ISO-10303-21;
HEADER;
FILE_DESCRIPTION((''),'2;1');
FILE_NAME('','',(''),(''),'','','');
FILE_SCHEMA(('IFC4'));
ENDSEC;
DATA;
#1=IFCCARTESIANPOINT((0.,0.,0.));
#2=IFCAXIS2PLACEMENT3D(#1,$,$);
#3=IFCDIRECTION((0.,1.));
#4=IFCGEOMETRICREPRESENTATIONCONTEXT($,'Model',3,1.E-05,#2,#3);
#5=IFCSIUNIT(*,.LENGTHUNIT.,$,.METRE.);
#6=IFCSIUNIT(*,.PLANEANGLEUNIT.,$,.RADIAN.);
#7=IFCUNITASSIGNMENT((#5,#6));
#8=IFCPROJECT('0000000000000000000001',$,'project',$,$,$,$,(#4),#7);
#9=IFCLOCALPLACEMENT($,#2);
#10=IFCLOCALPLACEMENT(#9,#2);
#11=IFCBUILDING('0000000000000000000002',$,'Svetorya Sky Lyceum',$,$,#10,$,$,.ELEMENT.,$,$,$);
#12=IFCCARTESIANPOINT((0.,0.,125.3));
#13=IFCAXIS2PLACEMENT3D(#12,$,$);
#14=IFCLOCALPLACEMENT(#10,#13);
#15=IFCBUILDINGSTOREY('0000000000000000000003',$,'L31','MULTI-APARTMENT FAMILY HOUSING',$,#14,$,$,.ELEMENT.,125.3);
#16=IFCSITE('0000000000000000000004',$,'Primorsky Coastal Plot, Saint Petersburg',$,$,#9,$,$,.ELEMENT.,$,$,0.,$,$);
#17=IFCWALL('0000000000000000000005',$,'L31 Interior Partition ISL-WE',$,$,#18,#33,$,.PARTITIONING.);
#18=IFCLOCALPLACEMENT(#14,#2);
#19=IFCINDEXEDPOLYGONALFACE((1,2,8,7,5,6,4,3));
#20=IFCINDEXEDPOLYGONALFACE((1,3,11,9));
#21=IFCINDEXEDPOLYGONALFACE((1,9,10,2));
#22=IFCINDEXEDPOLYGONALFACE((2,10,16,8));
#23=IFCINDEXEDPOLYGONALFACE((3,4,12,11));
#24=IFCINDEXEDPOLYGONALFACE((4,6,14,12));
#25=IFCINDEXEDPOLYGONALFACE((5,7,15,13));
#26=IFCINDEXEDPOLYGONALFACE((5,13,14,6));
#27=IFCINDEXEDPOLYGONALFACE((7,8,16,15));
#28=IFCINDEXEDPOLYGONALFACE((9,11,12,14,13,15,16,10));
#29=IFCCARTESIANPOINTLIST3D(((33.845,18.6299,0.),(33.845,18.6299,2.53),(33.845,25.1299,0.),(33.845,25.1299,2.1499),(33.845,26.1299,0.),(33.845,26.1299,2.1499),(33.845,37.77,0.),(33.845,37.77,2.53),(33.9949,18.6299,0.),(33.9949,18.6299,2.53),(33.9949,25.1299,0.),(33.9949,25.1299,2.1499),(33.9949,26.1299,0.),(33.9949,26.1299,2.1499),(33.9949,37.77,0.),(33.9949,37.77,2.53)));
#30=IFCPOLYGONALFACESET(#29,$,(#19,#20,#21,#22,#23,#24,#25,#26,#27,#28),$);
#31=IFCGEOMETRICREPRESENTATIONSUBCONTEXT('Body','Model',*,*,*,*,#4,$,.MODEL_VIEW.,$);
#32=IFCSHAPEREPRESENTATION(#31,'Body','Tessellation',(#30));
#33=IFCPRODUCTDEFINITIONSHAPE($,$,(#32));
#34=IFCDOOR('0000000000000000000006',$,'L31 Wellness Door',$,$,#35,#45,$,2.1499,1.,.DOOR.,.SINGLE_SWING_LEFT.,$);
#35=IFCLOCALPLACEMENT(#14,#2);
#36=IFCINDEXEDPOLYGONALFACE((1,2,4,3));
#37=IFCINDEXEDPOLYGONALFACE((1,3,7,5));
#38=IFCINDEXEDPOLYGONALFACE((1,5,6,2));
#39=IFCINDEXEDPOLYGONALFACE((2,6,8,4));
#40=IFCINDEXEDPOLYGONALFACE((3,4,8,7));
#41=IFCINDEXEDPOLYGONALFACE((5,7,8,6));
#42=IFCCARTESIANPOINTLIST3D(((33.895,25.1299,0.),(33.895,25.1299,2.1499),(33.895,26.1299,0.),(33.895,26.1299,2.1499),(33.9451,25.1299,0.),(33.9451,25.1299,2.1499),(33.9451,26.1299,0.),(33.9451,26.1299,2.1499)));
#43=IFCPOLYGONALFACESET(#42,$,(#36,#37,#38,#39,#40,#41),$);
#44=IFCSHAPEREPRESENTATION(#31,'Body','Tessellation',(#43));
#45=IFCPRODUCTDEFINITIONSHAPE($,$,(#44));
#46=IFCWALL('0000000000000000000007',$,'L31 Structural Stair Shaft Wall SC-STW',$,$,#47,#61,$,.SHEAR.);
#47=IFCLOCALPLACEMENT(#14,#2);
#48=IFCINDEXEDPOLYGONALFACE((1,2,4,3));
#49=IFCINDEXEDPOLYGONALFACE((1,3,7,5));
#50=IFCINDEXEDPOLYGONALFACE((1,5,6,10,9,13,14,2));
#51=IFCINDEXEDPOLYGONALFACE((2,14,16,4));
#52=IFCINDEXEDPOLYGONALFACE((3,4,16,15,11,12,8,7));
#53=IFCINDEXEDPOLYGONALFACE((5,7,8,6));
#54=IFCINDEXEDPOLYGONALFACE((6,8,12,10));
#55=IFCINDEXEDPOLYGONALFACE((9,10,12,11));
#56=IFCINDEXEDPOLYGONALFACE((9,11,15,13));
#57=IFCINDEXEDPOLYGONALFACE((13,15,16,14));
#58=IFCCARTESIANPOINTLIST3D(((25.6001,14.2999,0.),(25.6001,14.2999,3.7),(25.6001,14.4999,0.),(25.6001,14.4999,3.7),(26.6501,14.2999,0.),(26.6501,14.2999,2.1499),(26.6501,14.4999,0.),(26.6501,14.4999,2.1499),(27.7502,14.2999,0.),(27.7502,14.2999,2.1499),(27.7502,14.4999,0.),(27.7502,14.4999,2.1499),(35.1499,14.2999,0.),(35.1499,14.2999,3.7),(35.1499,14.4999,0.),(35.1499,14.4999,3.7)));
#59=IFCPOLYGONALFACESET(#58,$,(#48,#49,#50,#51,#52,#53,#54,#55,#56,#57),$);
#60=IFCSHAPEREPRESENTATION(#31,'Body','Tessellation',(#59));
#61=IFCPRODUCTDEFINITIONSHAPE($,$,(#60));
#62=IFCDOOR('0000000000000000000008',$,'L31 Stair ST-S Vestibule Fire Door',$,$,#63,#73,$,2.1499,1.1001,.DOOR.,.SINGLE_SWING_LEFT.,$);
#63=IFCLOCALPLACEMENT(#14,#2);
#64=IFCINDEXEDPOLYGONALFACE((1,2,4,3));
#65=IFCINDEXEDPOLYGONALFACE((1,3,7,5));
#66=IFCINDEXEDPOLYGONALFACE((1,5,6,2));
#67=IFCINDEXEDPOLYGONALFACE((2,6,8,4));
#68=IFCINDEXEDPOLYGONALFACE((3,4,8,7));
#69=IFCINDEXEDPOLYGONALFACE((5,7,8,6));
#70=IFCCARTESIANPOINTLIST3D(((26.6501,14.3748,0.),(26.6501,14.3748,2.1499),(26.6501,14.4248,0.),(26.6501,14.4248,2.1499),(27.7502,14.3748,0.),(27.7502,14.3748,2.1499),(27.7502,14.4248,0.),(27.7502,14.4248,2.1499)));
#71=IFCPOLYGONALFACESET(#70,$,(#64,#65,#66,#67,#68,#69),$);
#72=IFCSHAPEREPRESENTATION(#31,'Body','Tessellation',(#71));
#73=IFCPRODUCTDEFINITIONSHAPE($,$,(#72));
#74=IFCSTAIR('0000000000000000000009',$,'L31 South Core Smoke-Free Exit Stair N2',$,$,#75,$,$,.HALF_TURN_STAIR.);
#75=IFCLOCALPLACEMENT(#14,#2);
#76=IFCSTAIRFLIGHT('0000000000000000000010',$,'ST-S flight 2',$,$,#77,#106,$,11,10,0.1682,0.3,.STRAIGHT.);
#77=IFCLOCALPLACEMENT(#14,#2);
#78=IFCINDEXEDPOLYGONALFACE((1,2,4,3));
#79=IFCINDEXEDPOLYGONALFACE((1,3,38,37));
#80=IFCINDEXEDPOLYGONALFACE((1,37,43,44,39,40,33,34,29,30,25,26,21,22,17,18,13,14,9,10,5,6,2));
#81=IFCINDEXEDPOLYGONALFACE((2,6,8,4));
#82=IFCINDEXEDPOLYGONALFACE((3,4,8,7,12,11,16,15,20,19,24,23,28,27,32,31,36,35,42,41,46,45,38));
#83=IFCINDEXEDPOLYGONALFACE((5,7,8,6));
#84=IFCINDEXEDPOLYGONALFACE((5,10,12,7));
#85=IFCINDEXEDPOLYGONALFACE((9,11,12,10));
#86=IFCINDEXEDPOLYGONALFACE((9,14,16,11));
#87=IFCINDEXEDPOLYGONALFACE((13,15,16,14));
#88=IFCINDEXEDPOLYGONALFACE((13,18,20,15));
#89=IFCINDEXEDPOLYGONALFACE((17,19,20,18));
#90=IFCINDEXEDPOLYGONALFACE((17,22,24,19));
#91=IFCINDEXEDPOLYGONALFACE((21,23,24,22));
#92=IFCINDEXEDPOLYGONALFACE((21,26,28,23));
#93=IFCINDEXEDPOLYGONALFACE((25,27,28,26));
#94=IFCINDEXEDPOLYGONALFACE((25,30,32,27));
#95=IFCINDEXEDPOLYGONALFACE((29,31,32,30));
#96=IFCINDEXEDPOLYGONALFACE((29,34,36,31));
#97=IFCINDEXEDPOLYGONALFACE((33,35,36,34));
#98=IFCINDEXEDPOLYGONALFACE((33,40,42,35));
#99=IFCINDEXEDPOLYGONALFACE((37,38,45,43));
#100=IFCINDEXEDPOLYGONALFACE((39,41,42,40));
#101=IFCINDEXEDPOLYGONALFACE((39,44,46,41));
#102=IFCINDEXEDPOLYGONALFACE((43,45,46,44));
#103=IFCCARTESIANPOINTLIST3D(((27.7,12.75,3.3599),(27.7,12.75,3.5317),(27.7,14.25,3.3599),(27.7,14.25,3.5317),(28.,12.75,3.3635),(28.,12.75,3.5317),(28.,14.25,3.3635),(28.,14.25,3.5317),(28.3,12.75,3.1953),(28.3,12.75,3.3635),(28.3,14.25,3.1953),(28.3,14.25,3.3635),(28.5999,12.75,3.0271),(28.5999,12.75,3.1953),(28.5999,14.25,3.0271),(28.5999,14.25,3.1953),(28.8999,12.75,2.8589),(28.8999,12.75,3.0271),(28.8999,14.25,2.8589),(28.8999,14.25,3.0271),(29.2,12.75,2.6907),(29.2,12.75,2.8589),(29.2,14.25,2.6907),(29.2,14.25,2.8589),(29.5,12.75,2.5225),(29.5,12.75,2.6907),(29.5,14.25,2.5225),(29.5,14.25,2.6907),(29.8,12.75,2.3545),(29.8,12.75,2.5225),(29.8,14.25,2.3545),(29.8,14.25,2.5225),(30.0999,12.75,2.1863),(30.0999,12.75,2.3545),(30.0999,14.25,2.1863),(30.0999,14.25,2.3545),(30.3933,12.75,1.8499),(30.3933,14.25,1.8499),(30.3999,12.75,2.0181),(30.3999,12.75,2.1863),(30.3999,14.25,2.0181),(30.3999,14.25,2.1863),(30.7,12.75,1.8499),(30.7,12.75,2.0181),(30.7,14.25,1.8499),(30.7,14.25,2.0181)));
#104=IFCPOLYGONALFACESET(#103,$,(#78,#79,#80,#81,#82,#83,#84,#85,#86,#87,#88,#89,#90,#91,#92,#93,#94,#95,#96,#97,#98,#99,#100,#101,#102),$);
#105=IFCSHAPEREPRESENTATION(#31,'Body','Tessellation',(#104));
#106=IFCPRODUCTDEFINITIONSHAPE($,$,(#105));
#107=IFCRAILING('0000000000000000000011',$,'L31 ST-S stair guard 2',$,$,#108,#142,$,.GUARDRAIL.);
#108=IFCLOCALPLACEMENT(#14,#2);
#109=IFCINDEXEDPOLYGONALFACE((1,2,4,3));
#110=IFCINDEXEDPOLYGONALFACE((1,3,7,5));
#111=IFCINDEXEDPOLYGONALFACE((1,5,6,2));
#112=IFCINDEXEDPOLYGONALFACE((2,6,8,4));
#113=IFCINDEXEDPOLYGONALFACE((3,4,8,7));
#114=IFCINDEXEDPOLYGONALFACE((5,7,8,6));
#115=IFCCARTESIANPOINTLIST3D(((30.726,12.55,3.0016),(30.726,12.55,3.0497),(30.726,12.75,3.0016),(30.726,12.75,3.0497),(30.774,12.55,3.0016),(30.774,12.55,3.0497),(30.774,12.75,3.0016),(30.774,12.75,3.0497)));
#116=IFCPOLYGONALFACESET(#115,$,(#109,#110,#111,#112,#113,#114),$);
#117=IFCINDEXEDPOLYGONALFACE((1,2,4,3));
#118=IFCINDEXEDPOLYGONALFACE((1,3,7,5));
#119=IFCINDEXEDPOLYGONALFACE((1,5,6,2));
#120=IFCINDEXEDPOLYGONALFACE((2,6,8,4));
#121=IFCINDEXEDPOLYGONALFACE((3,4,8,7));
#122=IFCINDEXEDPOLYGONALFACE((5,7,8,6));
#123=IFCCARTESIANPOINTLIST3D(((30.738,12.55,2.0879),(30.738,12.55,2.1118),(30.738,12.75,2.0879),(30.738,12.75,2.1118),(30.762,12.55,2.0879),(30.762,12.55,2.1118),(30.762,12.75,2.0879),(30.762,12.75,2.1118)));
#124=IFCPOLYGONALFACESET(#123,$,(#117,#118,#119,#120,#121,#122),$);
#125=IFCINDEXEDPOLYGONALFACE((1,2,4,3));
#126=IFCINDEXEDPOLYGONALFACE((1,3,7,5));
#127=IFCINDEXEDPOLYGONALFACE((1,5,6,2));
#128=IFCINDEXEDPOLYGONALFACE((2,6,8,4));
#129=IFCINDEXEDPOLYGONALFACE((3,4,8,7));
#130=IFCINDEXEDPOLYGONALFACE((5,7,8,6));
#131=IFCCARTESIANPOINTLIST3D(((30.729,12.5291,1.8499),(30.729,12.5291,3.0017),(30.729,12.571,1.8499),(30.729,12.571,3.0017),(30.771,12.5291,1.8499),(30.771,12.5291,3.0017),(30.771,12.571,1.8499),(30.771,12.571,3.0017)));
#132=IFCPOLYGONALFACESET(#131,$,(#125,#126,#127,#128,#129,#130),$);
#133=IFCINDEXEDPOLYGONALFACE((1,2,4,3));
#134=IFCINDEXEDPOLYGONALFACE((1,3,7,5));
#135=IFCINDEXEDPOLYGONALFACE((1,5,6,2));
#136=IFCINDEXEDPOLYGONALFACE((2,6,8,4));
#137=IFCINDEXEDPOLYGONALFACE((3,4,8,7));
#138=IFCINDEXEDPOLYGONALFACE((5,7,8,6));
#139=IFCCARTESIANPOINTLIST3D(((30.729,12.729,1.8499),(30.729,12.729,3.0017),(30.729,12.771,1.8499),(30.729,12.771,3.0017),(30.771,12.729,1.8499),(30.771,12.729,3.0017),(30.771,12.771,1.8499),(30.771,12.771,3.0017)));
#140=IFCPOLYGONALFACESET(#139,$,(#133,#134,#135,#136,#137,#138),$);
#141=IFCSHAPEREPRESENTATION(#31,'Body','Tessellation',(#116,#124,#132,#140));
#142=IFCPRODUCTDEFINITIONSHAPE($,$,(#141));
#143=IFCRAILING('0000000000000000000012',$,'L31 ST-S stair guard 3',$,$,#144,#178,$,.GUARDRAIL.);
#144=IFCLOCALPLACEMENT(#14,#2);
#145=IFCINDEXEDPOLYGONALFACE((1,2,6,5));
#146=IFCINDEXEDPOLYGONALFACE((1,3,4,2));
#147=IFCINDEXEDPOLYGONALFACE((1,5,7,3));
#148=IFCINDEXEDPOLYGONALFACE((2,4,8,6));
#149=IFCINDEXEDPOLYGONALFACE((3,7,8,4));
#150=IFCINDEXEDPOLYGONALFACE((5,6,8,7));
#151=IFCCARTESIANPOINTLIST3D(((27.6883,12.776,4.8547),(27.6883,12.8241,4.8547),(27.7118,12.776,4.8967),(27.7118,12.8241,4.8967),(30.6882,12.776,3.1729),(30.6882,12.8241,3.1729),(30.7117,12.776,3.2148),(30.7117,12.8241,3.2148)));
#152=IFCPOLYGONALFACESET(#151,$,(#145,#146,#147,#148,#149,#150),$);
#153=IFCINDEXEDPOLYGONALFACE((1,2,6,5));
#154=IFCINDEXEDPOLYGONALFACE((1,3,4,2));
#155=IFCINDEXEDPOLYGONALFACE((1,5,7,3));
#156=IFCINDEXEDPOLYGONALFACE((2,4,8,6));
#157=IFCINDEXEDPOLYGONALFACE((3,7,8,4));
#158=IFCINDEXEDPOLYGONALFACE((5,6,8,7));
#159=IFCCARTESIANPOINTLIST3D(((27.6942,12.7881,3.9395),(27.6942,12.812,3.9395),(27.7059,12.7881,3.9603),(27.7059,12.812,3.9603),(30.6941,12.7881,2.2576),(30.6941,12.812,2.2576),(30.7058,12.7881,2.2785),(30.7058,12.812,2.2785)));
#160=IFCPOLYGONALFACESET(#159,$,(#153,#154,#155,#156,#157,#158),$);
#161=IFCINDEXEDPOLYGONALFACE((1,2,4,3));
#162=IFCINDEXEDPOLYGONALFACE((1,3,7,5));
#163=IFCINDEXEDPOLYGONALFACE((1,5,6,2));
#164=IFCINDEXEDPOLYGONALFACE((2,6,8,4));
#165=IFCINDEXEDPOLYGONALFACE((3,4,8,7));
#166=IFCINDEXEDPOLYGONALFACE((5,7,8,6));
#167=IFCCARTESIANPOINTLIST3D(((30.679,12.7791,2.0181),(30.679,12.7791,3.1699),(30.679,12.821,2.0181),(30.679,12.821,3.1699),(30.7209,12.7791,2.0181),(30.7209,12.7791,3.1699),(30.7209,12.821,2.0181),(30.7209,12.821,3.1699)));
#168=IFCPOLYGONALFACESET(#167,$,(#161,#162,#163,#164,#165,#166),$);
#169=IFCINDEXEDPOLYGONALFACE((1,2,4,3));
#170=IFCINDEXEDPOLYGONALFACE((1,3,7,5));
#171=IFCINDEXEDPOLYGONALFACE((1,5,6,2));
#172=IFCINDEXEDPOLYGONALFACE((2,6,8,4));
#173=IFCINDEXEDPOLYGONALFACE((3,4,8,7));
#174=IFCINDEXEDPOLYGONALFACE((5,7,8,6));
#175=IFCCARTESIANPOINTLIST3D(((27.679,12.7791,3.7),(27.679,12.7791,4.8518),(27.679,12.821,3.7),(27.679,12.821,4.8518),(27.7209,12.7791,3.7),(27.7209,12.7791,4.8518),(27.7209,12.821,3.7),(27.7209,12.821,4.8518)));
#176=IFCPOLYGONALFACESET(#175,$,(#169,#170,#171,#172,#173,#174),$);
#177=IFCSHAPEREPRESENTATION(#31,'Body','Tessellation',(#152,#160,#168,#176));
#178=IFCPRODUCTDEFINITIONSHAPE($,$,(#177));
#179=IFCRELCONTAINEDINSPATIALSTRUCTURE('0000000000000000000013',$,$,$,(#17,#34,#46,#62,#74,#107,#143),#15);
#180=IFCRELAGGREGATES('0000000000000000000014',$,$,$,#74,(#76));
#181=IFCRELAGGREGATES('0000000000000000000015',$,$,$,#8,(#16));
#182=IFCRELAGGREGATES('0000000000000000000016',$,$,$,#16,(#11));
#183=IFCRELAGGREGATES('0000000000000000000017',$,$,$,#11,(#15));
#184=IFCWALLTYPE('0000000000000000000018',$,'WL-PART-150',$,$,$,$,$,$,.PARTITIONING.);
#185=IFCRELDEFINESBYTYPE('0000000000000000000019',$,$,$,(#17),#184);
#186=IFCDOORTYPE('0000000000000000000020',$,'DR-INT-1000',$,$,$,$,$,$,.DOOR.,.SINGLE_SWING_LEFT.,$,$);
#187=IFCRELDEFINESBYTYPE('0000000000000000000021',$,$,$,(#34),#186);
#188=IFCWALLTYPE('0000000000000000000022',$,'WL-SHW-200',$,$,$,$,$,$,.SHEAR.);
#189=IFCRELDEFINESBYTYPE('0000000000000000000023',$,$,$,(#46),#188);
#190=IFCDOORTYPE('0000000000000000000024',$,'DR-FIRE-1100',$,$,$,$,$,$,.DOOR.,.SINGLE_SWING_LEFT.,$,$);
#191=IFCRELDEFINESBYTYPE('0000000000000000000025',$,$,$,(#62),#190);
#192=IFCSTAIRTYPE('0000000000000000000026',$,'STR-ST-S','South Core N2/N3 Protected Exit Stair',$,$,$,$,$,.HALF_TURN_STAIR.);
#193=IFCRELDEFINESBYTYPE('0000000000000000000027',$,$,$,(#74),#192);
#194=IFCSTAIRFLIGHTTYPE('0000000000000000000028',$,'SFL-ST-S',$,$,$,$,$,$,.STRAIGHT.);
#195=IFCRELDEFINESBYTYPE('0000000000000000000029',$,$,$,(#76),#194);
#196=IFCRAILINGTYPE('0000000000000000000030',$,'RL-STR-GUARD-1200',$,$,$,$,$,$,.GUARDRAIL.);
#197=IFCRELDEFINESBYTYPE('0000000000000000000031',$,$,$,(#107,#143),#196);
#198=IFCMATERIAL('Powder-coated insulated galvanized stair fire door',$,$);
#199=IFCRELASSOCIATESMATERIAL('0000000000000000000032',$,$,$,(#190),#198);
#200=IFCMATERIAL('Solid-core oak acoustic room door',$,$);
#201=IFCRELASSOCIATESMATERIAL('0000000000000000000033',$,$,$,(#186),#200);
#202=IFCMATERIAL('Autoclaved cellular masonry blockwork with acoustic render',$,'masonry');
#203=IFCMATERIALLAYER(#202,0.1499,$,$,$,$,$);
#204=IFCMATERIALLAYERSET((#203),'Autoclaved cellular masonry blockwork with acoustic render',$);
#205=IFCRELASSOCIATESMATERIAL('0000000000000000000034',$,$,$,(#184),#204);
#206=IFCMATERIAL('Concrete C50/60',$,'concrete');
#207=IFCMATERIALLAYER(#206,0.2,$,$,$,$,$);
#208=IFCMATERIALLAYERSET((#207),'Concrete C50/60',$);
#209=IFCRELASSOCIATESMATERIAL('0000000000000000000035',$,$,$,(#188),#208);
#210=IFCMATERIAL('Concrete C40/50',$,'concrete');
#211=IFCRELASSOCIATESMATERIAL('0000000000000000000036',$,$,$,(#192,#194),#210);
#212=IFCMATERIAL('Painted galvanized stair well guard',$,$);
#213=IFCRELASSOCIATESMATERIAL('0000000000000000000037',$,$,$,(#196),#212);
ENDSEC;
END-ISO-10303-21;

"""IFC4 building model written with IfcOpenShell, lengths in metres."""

from ifc_helpers import new_model, si_unit, direction, frame, frame_2d, origin, origin_2d, place, context, subcontext, project, spatial, polyline, rectangle, outline, extrude, material, layer, layer_set, type_object, element, fill, aggregate, save


model = new_model("IFC4")

# Units and contexts
model_context = context("Model", 3, precision=1e-05, world=origin(), true_north=direction((0.0, 1.0)))
body_context = subcontext(model_context, "Body", "Model", "MODEL_VIEW")
ifc_project = project(units=[si_unit("LENGTHUNIT", "METRE"), si_unit("PLANEANGLEUNIT", "RADIAN")], contexts=[model_context])

# Site, building, storey
site_placement = place(None, origin())
site = spatial("IfcSite", under=ifc_project, at=site_placement, Name="Primorsky Coastal Plot, Saint Petersburg", CompositionType="ELEMENT", RefElevation=0.0)
building_placement = place(site_placement, origin())
building = spatial("IfcBuilding", under=site, at=building_placement, Name="Svetorya Sky Lyceum", CompositionType="ELEMENT")
storey_placement = place(building_placement, frame((0.0, 0.0, 125.3)))
storey = spatial("IfcBuildingStorey", under=building, at=storey_placement, Name="L31", Description="MULTI-APARTMENT FAMILY HOUSING", CompositionType="ELEMENT", Elevation=125.3)

# Shared definitions
ifc_material_1 = material(Name="Concrete C50/60", Category="concrete")

# Shared definitions
ifc_material_2 = material(Name="Powder-coated insulated galvanized stair fire door")
door_type_1 = type_object("IfcDoorType", Name="DR-FIRE-1100", OperationType="SINGLE_SWING_LEFT", PredefinedType="DOOR", material=ifc_material_2)
ifc_material_3 = material(Name="Solid-core oak acoustic room door")
door_type_2 = type_object("IfcDoorType", Name="DR-INT-1000", OperationType="SINGLE_SWING_LEFT", PredefinedType="DOOR", material=ifc_material_3)

# Shared definitions
ifc_material_4 = material(Name="Autoclaved cellular masonry blockwork with acoustic render", Category="masonry")
ifc_layer_1 = layer(ifc_material_4, 0.1499)
ifc_layer_set_1 = layer_set([ifc_layer_1], Name="Autoclaved cellular masonry blockwork with acoustic render")
wall_type_1 = type_object("IfcWallType", Name="WL-PART-150", PredefinedType="PARTITIONING", material=ifc_layer_set_1)

# Walls, openings, doors
wall_1_placement = place(storey_placement, frame((33.9199, 18.6299, 0.0), z_axis=(0.0, 0.0, 1.0), x_axis=(0.0, 1.0, 0.0)))
wall_1 = element("IfcWall", 1, at=wall_1_placement, inside=storey, type_object=wall_type_1, Name="L31 Interior Partition ISL-WE", PredefinedType="PARTITIONING", context=body_context, shape_type="SweptSolid", body=[
    extrude(rectangle(XDim=19.1401, YDim=0.1499, at=frame_2d((9.5701, 0.0))), origin(), (0.0, 0.0, 1.0), 2.53),
])
opening_1_placement = place(wall_1_placement, frame((6.5, 0.0, 0.0)))
opening_1 = element("IfcOpeningElement", 2, at=opening_1_placement, cuts=wall_1, PredefinedType="OPENING", context=body_context, shape_type="SweptSolid", body=[
    extrude(rectangle(XDim=1.0, YDim=2.1499, at=frame_2d((0.5, 1.075))), frame((0.0, 0.085, 0.0), z_axis=(0.0, -1.0, 0.0), x_axis=(1.0, 0.0, 0.0)), (0.0, 0.0, 1.0), 0.1699),
])
door_1_placement = place(opening_1_placement, origin())
door_1 = element("IfcDoor", 3, at=door_1_placement, inside=storey, type_object=door_type_2, Name="L31 Wellness Door", OperationType="SINGLE_SWING_LEFT", OverallHeight=2.1499, OverallWidth=1.0, PredefinedType="DOOR", context=body_context, shape_type="SweptSolid", body=[
    extrude(rectangle(XDim=1.0, YDim=2.1499, at=frame_2d((0.5, 1.075))), frame((0.0, 0.0249, 0.0), z_axis=(0.0, -1.0, 0.0), x_axis=(1.0, 0.0, 0.0)), (0.0, 0.0, 1.0), 0.05),
])
fill(opening_1, door_1)
ifc_layer_2 = layer(ifc_material_1, 0.2)
ifc_layer_set_2 = layer_set([ifc_layer_2], Name="Concrete C50/60")
wall_type_2 = type_object("IfcWallType", Name="WL-SHW-200", PredefinedType="SHEAR", material=ifc_layer_set_2)
wall_2_placement = place(storey_placement, frame((25.6001, 14.3999, 0.0), z_axis=(0.0, 0.0, 1.0), x_axis=(1.0, 0.0, 0.0)))
wall_2 = element("IfcWall", 4, at=wall_2_placement, inside=storey, type_object=wall_type_2, Name="L31 Structural Stair Shaft Wall SC-STW", PredefinedType="SHEAR", context=body_context, shape_type="SweptSolid", body=[
    extrude(rectangle(XDim=9.5498, YDim=0.2, at=frame_2d((4.7749, 0.0))), origin(), (0.0, 0.0, 1.0), 3.7),
])
opening_2_placement = place(wall_2_placement, frame((1.05, 0.0, 0.0)))
opening_2 = element("IfcOpeningElement", 5, at=opening_2_placement, cuts=wall_2, PredefinedType="OPENING", context=body_context, shape_type="SweptSolid", body=[
    extrude(rectangle(XDim=1.1001, YDim=2.1499, at=frame_2d((0.55, 1.075))), frame((0.0, 0.1099, 0.0), z_axis=(0.0, -1.0, 0.0), x_axis=(1.0, 0.0, 0.0)), (0.0, 0.0, 1.0), 0.22),
])
door_2_placement = place(opening_2_placement, origin())
door_2 = element("IfcDoor", 6, at=door_2_placement, inside=storey, type_object=door_type_1, Name="L31 Stair ST-S Vestibule Fire Door", OperationType="SINGLE_SWING_LEFT", OverallHeight=2.1499, OverallWidth=1.1001, PredefinedType="DOOR", context=body_context, shape_type="SweptSolid", body=[
    extrude(rectangle(XDim=1.1001, YDim=2.1499, at=frame_2d((0.55, 1.075))), frame((0.0, 0.0249, 0.0), z_axis=(0.0, -1.0, 0.0), x_axis=(1.0, 0.0, 0.0)), (0.0, 0.0, 1.0), 0.05),
])
fill(opening_2, door_2)

# Stair, stair flight
ifc_material_5 = material(Name="Concrete C40/50", Category="concrete")
stair_type = type_object("IfcStairType", Name="STR-ST-S", Description="South Core N2/N3 Protected Exit Stair", PredefinedType="HALF_TURN_STAIR", material=ifc_material_5)
stair_placement = place(storey_placement, origin())
stair = element("IfcStair", 7, at=stair_placement, inside=storey, type_object=stair_type, Name="L31 South Core Smoke-Free Exit Stair N2", PredefinedType="HALF_TURN_STAIR")
stair_flight_type = type_object("IfcStairFlightType", Name="SFL-ST-S", PredefinedType="STRAIGHT", material=ifc_material_5)
stair_flight_placement = place(storey_placement, frame((30.7, 13.5, 1.8499), z_axis=(0.0, 0.0, 1.0), x_axis=(-1.0, 0.0, 0.0)))
stair_flight = element("IfcStairFlight", 8, at=stair_flight_placement, type_object=stair_flight_type, Name="ST-S flight 2", NumberOfRisers=11, NumberOfTreads=10, PredefinedType="STRAIGHT", RiserHeight=0.1682, TreadLength=0.3, context=body_context, shape_type="SweptSolid", body=[
    extrude(outline(polyline([(0.0, 0.0), (0.0, 0.1682), (0.3, 0.1682), (0.3, 0.3364), (0.6001, 0.3364), (0.6001, 0.5046), (0.8999, 0.5046), (0.8999, 0.6726), (1.2, 0.6726), (1.2, 0.8408), (1.5, 0.8408), (1.5, 1.009), (1.8, 1.009), (1.8, 1.1772), (2.1001, 1.1772), (2.1001, 1.3455), (2.3999, 1.3455), (2.3999, 1.5137), (2.7, 1.5137), (2.7, 1.6819), (3.0, 1.6819), (3.0, 1.8501), (3.0, 1.51), (0.3066, 0.0), (0.0, 0.0)])), frame((0.0, 0.75, 0.0), z_axis=(0.0, -1.0, 0.0), x_axis=(1.0, 0.0, 0.0)), (0.0, 0.0, 1.0), 1.5),
])
aggregate(stair, [stair_flight])

# Railings
ifc_material_6 = material(Name="Painted galvanized stair well guard")
railing_type_1 = type_object("IfcRailingType", Name="RL-STR-GUARD-1200", PredefinedType="GUARDRAIL", material=ifc_material_6)
railing_1_placement = place(storey_placement, frame((30.75, 12.55, 1.8499)))
element("IfcRailing", 9, at=railing_1_placement, inside=storey, type_object=railing_type_1, Name="L31 ST-S stair guard 2", PredefinedType="GUARDRAIL", context=body_context, shape_type="SweptSolid", body=[
    extrude(rectangle(XDim=0.0481, YDim=0.0481, at=origin_2d()), frame((0.0, 0.0, 1.1758), z_axis=(0.0, 1.0, 0.0), x_axis=(-1.0, 0.0, 0.0)), (0.0, 0.0, 1.0), 0.2),
    extrude(rectangle(XDim=0.0239, YDim=0.0239, at=origin_2d()), frame((0.0, 0.0, 0.25), z_axis=(0.0, 1.0, 0.0), x_axis=(-1.0, 0.0, 0.0)), (0.0, 0.0, 1.0), 0.2),
    extrude(rectangle(XDim=0.042, YDim=0.042, at=origin_2d()), origin(), (0.0, 0.0, 1.0), 1.1519),
    extrude(rectangle(XDim=0.042, YDim=0.042, at=origin_2d()), frame((0.0, 0.2, 0.0)), (0.0, 0.0, 1.0), 1.1519),
])
railing_2_placement = place(storey_placement, frame((30.7, 12.8, 2.0181)))
element("IfcRailing", 10, at=railing_2_placement, inside=storey, type_object=railing_type_1, Name="L31 ST-S stair guard 3", PredefinedType="GUARDRAIL", context=body_context, shape_type="SweptSolid", body=[
    extrude(rectangle(XDim=0.0481, YDim=0.0481, at=origin_2d()), frame((0.0, 0.0, 1.1758), z_axis=(-0.872272, 0.0, 0.48902), x_axis=(0.0, -1.0, 0.0)), (0.0, 0.0, 1.0), 3.4392),
    extrude(rectangle(XDim=0.0239, YDim=0.0239, at=origin_2d()), frame((0.0, 0.0, 0.25), z_axis=(-0.872272, 0.0, 0.48902), x_axis=(0.0, -1.0, 0.0)), (0.0, 0.0, 1.0), 3.4392),
    extrude(rectangle(XDim=0.042, YDim=0.042, at=origin_2d()), origin(), (0.0, 0.0, 1.0), 1.1519),
    extrude(rectangle(XDim=0.042, YDim=0.042, at=origin_2d()), frame((-3.0, 0.0, 1.6819)), (0.0, 0.0, 1.0), 1.1519),
])

save(model, "model.ifc")
